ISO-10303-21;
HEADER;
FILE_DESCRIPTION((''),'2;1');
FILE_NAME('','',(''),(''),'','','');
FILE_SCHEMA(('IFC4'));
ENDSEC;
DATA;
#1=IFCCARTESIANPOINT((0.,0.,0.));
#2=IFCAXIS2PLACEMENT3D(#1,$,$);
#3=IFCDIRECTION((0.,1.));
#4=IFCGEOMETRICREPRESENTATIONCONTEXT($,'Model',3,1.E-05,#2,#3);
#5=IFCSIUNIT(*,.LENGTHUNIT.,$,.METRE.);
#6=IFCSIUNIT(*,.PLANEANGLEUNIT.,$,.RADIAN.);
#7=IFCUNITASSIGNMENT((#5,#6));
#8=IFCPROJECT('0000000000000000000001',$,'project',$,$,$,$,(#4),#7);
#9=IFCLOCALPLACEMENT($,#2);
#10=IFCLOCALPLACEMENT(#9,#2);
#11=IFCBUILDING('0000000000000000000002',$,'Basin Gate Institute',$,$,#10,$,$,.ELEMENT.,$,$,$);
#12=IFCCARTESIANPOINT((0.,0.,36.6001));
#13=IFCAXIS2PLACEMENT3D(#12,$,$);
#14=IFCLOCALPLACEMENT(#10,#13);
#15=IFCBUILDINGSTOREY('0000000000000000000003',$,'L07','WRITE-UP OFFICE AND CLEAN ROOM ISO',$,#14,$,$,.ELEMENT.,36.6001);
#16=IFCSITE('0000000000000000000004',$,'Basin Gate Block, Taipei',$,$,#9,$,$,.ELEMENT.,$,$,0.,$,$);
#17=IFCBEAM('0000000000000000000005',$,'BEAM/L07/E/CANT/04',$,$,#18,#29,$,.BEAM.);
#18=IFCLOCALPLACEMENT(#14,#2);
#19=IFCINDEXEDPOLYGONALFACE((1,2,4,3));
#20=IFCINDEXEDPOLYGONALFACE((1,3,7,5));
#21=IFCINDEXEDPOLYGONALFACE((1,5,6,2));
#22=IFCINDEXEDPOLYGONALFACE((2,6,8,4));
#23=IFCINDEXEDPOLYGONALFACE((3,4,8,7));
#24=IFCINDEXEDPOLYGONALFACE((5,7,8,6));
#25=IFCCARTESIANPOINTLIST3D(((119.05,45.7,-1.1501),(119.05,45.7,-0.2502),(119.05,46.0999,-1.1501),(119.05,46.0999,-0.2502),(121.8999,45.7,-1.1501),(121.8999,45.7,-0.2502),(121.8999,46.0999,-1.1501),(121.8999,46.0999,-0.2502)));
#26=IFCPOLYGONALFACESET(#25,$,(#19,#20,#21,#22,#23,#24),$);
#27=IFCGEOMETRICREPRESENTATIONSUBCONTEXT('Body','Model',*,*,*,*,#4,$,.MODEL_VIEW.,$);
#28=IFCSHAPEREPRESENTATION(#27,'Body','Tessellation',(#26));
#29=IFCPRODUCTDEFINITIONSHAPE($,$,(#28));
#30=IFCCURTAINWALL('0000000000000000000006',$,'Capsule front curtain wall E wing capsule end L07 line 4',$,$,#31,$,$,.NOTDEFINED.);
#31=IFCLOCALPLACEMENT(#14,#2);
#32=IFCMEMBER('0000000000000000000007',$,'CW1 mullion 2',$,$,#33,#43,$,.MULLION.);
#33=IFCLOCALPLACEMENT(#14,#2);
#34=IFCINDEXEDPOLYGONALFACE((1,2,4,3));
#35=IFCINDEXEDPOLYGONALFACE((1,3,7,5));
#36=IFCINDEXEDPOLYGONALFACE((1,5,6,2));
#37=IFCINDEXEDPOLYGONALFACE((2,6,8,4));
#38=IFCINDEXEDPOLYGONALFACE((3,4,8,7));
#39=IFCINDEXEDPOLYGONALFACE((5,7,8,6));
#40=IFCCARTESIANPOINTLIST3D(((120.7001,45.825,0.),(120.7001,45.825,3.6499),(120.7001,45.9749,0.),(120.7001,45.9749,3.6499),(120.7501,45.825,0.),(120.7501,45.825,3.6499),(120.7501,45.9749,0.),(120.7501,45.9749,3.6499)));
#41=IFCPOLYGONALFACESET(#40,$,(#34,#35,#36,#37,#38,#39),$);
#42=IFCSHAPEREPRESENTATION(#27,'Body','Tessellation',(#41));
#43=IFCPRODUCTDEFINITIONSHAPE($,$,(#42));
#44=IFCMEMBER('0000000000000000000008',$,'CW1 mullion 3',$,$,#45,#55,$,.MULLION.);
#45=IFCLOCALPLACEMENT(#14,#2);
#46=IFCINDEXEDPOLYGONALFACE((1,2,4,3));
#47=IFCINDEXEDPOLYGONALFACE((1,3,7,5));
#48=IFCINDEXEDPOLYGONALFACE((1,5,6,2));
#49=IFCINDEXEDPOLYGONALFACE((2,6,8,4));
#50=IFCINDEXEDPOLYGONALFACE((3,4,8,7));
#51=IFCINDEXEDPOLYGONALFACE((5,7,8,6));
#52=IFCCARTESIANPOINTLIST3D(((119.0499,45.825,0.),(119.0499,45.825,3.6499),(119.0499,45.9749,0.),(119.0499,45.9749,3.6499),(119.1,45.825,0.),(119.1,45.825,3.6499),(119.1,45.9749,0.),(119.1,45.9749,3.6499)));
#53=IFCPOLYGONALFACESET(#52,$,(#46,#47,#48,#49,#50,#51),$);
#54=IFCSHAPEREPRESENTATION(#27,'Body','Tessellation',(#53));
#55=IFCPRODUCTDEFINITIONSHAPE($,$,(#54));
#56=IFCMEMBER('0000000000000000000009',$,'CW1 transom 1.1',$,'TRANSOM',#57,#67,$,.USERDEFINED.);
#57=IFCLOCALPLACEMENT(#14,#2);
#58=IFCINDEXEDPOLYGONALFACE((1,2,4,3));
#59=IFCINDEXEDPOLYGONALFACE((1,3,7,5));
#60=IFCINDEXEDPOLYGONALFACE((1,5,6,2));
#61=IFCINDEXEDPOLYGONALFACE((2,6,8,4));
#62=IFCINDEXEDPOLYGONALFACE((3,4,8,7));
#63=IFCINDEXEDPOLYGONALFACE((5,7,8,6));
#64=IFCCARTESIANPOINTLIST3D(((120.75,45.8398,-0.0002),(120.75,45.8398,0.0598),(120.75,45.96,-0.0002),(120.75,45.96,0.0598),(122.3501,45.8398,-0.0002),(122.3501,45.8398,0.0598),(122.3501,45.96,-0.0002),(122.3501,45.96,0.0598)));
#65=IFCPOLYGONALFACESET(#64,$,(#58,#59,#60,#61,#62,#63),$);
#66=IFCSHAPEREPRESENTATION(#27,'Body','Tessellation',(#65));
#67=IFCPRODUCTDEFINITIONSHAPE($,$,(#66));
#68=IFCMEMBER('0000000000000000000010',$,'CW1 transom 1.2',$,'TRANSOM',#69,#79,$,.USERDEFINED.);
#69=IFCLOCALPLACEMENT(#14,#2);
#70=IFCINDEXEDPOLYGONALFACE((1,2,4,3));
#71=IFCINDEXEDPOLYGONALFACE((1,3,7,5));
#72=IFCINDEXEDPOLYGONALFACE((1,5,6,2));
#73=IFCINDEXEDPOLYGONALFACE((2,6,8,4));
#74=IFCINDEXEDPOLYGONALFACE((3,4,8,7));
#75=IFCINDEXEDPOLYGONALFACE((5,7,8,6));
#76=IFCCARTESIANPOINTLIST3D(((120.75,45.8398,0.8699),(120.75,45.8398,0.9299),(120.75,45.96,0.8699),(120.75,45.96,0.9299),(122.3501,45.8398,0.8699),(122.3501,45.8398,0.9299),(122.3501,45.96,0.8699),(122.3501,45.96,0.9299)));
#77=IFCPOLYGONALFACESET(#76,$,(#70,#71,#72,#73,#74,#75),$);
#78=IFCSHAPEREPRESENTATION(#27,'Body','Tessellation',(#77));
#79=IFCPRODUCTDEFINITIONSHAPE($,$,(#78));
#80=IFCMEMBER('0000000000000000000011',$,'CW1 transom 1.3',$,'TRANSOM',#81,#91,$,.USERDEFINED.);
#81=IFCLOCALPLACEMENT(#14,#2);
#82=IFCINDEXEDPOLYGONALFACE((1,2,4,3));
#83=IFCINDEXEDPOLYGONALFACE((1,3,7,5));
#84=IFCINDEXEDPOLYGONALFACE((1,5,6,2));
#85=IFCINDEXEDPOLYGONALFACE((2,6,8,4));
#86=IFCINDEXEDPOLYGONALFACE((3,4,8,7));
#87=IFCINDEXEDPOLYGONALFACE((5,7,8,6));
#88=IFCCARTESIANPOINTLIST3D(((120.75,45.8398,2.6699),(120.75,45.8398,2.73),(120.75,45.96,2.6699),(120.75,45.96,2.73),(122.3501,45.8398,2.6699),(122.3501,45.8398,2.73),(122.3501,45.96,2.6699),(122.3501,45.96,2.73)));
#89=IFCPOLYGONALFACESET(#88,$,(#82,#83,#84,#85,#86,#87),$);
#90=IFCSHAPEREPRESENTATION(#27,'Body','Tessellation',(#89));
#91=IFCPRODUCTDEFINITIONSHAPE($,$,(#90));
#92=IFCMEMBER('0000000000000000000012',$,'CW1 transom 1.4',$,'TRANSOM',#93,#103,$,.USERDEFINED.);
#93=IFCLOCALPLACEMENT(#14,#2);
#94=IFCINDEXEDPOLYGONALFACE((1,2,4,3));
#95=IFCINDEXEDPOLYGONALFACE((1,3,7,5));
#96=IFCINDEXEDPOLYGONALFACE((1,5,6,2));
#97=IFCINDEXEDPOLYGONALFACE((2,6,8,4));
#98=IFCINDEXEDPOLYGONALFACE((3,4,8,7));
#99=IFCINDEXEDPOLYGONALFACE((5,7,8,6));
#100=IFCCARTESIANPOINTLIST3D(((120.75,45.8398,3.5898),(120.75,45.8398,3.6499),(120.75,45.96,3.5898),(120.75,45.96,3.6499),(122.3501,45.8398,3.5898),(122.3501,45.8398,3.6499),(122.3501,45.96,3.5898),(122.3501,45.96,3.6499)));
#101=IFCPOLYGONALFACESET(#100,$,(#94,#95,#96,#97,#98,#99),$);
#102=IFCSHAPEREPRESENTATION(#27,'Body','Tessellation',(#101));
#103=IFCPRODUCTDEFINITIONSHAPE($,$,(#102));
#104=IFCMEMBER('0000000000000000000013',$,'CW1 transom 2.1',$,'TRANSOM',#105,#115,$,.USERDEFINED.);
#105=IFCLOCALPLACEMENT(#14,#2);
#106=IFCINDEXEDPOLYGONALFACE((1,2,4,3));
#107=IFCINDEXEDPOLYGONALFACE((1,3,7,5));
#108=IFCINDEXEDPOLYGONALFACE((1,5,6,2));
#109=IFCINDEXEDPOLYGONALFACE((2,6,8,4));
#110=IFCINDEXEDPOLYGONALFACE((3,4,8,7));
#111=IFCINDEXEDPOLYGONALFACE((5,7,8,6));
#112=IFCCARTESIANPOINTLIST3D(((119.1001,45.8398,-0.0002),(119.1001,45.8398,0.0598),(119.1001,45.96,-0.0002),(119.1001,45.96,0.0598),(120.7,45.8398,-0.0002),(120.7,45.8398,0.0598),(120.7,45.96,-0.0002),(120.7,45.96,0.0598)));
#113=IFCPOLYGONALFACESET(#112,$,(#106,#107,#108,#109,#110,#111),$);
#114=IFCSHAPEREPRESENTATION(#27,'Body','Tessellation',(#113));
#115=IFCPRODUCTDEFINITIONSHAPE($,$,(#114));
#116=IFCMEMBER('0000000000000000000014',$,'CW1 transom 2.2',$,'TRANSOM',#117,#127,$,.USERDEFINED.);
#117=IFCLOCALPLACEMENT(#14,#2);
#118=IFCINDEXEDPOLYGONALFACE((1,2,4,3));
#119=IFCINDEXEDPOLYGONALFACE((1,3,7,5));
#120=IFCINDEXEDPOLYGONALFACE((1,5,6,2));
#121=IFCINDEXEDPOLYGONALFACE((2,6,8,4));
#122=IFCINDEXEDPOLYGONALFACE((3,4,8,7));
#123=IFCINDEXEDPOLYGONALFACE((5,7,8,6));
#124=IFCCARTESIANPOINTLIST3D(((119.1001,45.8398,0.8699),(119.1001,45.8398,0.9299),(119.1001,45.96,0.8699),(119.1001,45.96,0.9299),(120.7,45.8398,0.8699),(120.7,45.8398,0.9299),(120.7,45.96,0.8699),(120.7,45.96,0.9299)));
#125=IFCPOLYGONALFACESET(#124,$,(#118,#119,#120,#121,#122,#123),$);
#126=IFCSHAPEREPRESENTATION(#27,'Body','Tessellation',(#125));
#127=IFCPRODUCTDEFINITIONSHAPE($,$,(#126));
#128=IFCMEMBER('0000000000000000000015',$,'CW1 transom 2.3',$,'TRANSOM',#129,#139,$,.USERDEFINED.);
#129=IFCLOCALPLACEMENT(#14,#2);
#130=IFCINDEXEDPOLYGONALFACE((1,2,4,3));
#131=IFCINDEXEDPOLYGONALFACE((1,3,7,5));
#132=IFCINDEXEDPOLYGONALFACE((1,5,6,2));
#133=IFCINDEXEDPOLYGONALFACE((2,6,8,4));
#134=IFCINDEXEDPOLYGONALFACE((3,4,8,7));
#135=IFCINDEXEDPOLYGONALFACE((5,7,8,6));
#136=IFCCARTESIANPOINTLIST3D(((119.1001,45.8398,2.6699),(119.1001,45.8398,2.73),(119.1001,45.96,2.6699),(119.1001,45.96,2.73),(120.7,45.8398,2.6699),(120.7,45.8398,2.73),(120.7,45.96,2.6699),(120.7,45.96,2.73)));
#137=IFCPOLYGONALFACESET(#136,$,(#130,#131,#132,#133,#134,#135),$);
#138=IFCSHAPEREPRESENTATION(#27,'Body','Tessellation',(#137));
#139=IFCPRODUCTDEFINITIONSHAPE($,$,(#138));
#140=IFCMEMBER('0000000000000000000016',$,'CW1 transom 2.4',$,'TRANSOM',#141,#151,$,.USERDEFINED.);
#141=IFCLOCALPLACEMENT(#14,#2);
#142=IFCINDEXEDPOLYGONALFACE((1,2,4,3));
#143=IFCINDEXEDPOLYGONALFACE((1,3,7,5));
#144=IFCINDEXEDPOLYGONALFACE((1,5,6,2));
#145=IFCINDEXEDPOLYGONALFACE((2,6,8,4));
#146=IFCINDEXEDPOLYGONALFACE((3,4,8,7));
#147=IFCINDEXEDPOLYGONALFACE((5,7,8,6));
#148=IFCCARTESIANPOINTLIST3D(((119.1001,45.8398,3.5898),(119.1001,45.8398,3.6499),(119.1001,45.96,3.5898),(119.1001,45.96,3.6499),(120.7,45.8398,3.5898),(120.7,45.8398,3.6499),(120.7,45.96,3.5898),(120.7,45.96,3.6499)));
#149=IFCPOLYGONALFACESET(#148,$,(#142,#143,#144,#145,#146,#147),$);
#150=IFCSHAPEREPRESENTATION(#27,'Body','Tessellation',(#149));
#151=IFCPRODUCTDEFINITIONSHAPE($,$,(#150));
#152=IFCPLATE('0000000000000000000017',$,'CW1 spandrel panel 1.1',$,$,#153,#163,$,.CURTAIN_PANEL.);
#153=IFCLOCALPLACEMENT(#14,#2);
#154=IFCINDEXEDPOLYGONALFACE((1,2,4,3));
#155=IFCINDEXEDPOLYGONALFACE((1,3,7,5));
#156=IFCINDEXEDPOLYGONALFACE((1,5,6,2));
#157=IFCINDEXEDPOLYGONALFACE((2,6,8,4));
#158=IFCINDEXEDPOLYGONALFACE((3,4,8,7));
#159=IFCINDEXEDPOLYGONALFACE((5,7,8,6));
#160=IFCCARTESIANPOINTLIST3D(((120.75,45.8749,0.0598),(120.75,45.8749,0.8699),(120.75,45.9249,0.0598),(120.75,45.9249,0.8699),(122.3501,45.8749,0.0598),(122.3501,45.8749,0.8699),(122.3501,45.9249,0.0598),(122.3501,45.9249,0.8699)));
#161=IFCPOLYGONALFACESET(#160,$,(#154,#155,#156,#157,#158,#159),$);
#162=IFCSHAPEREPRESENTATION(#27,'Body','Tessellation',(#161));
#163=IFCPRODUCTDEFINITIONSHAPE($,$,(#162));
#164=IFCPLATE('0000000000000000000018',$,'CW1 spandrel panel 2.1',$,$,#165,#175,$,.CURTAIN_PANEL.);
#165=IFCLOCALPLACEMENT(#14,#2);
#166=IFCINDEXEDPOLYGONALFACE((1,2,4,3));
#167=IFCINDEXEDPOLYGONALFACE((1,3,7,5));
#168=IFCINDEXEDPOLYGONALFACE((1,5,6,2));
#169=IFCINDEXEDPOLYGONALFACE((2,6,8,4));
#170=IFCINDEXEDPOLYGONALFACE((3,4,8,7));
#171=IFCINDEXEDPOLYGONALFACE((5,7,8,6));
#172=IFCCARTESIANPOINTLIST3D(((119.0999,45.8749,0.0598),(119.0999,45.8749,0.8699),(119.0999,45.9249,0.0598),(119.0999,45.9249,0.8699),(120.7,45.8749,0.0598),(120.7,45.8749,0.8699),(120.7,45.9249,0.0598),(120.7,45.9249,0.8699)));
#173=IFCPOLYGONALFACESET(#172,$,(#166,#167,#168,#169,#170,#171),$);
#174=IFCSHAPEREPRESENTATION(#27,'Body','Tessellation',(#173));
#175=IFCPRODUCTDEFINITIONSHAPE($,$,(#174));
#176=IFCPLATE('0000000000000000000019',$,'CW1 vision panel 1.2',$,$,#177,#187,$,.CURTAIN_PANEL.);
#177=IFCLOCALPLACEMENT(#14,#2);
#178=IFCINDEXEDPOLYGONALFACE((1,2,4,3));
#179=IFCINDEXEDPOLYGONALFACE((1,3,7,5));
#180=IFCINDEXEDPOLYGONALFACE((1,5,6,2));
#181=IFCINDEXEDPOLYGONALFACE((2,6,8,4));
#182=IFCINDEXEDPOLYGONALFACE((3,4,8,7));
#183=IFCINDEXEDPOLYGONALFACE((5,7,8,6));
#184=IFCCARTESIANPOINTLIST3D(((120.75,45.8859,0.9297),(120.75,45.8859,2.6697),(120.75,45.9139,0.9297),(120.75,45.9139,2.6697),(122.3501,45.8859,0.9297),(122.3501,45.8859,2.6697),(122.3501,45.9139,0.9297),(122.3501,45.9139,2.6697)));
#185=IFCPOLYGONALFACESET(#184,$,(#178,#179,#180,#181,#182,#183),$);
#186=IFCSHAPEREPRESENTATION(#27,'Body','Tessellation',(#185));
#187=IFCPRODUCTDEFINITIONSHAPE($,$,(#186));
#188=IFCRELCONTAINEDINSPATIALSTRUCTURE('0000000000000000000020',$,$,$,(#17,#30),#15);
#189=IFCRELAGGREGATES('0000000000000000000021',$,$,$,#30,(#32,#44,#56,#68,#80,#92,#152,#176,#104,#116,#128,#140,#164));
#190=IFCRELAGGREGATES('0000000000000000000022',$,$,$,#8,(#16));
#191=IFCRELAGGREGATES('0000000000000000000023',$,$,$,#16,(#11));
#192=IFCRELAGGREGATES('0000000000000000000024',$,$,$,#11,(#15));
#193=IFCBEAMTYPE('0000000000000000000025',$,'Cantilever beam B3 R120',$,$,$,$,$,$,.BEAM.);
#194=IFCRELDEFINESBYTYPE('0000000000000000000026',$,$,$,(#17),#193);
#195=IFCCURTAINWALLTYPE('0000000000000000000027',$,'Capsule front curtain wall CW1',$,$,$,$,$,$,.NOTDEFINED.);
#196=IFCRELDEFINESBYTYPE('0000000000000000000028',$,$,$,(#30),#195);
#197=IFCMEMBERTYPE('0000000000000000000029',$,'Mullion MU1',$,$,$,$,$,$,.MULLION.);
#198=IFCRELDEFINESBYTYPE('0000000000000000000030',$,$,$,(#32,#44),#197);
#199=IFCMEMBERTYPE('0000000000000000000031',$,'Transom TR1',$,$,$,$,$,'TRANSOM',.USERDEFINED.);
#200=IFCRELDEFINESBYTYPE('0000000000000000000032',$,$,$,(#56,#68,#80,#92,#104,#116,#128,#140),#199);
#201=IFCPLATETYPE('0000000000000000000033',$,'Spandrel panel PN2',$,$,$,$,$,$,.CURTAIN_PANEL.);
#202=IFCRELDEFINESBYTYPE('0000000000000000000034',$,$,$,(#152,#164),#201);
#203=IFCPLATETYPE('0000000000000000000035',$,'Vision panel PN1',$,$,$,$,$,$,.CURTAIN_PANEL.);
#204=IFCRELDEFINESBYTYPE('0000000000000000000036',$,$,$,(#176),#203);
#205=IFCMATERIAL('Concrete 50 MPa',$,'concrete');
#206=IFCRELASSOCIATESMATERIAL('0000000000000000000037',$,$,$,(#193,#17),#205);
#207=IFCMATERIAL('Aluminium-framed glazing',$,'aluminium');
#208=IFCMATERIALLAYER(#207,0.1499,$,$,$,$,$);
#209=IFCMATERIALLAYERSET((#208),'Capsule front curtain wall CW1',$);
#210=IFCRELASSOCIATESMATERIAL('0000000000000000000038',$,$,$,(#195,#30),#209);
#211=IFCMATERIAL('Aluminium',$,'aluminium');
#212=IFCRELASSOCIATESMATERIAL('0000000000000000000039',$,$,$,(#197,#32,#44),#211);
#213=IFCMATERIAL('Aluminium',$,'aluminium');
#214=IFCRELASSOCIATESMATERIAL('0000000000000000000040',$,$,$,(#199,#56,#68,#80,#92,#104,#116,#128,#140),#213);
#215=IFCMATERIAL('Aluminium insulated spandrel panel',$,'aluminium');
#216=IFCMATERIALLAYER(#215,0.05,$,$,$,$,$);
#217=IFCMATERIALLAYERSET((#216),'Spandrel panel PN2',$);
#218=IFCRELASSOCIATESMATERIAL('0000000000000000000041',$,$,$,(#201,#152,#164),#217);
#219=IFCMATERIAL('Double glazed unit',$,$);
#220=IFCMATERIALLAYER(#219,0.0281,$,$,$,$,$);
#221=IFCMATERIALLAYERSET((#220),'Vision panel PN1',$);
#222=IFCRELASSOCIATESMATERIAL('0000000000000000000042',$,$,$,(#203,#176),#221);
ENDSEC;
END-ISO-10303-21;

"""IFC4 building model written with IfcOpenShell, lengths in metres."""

from ifc_helpers import new_model, si_unit, direction, frame, origin, origin_2d, place, context, subcontext, project, spatial, rectangle, extrude, material, layer, layer_set, material_profile, profile_set, type_object, element, aggregate, save


model = new_model("IFC4")

# Units and contexts
model_context = context("Model", 3, precision=1e-05, world=origin(), true_north=direction((0.0, 1.0)))
body_context = subcontext(model_context, "Body", "Model", "MODEL_VIEW")
ifc_project = project(units=[si_unit("LENGTHUNIT", "METRE"), si_unit("PLANEANGLEUNIT", "RADIAN")], contexts=[model_context])

# Site, building, storey
site_placement = place(None, origin())
site = spatial("IfcSite", under=ifc_project, at=site_placement, Name="Basin Gate Block, Taipei", CompositionType="ELEMENT", RefElevation=0.0)
building_placement = place(site_placement, origin())
building = spatial("IfcBuilding", under=site, at=building_placement, Name="Basin Gate Institute", CompositionType="ELEMENT")
storey_placement = place(building_placement, frame((0.0, 0.0, 36.6001)))
storey = spatial("IfcBuildingStorey", under=building, at=storey_placement, Name="L07", Description="WRITE-UP OFFICE AND CLEAN ROOM ISO", CompositionType="ELEMENT", Elevation=36.6001)

# Beam
ifc_material_1 = material(Name="Concrete 50 MPa", Category="concrete")
ifc_material_profile_1 = material_profile(ifc_material_1, rectangle(XDim=0.3999, YDim=0.8999, at=origin_2d()), Name="Cantilever beam B3 400 x 900")
ifc_profile_set_1 = profile_set([ifc_material_profile_1], Name="Concrete 50 MPa")
beam_type = type_object("IfcBeamType", Name="Cantilever beam B3 R120", PredefinedType="BEAM", material=ifc_profile_set_1)
beam_placement = place(storey_placement, frame((121.8999, 45.8999, -0.7002), z_axis=(-1.0, 0.0, 0.0), x_axis=(0.0, -1.0, 0.0)))
element("IfcBeam", 1, at=beam_placement, inside=storey, type_object=beam_type, material=ifc_profile_set_1, Name="BEAM/L07/E/CANT/04", PredefinedType="BEAM", context=body_context, shape_type="SweptSolid", body=[
    extrude(rectangle(XDim=0.3999, YDim=0.8999, at=origin_2d()), origin(), (0.0, 0.0, 1.0), 2.8499),
])

# Curtain wall, members, plates
ifc_material_2 = material(Name="Aluminium-framed glazing", Category="aluminium")
ifc_layer_1 = layer(ifc_material_2, 0.1499)
ifc_layer_set_1 = layer_set([ifc_layer_1], Name="Capsule front curtain wall CW1")
curtain_wall_type = type_object("IfcCurtainWallType", Name="Capsule front curtain wall CW1", PredefinedType="NOTDEFINED", material=ifc_layer_set_1)
curtain_wall_placement = place(storey_placement, origin())
curtain_wall = element("IfcCurtainWall", 2, at=curtain_wall_placement, inside=storey, type_object=curtain_wall_type, material=ifc_layer_set_1, Name="Capsule front curtain wall E wing capsule end L07 line 4", PredefinedType="NOTDEFINED")
ifc_material_3 = material(Name="Aluminium", Category="aluminium")
ifc_material_profile_2 = material_profile(ifc_material_3, rectangle(XDim=0.1499, YDim=0.05, at=origin_2d()), Name="Mullion MU1 150 x 50")
ifc_profile_set_2 = profile_set([ifc_material_profile_2], Name="Aluminium")
member_type_1 = type_object("IfcMemberType", Name="Mullion MU1", PredefinedType="MULLION", material=ifc_profile_set_2)
member_1_placement = place(storey_placement, frame((120.7251, 45.8999, 0.0), z_axis=(0.0, 0.0, 1.0), x_axis=(0.0, -1.0, 0.0)))
member_1 = element("IfcMember", 3, at=member_1_placement, type_object=member_type_1, material=ifc_profile_set_2, Name="CW1 mullion 2", PredefinedType="MULLION", context=body_context, shape_type="SweptSolid", body=[
    extrude(rectangle(XDim=0.1499, YDim=0.05, at=origin_2d()), origin(), (0.0, 0.0, 1.0), 3.6499),
])
member_2_placement = place(storey_placement, frame((119.075, 45.8999, 0.0), z_axis=(0.0, 0.0, 1.0), x_axis=(0.0, -1.0, 0.0)))
member_2 = element("IfcMember", 4, at=member_2_placement, type_object=member_type_1, material=ifc_profile_set_2, Name="CW1 mullion 3", PredefinedType="MULLION", context=body_context, shape_type="SweptSolid", body=[
    extrude(rectangle(XDim=0.1499, YDim=0.05, at=origin_2d()), origin(), (0.0, 0.0, 1.0), 3.6499),
])
ifc_material_4 = material(Name="Aluminium", Category="aluminium")
ifc_material_profile_3 = material_profile(ifc_material_4, rectangle(XDim=0.1201, YDim=0.0601, at=origin_2d()), Name="Transom TR1 120 x 60")
ifc_profile_set_3 = profile_set([ifc_material_profile_3], Name="Aluminium")
member_type_2 = type_object("IfcMemberType", Name="Transom TR1", ElementType="TRANSOM", PredefinedType="USERDEFINED", material=ifc_profile_set_3)
member_3_placement = place(storey_placement, frame((122.3501, 45.8999, 0.0298), z_axis=(-1.0, 0.0, 0.0), x_axis=(0.0, -1.0, 0.0)))
member_3 = element("IfcMember", 5, at=member_3_placement, type_object=member_type_2, material=ifc_profile_set_3, Name="CW1 transom 1.1", ObjectType="TRANSOM", PredefinedType="USERDEFINED", context=body_context, shape_type="SweptSolid", body=[
    extrude(rectangle(XDim=0.1201, YDim=0.0601, at=origin_2d()), origin(), (0.0, 0.0, 1.0), 1.6001),
])
member_4_placement = place(storey_placement, frame((122.3501, 45.8999, 0.8999), z_axis=(-1.0, 0.0, 0.0), x_axis=(0.0, -1.0, 0.0)))
member_4 = element("IfcMember", 6, at=member_4_placement, type_object=member_type_2, material=ifc_profile_set_3, Name="CW1 transom 1.2", ObjectType="TRANSOM", PredefinedType="USERDEFINED", context=body_context, shape_type="SweptSolid", body=[
    extrude(rectangle(XDim=0.1201, YDim=0.0601, at=origin_2d()), origin(), (0.0, 0.0, 1.0), 1.6001),
])
member_5_placement = place(storey_placement, frame((122.3501, 45.8999, 2.7), z_axis=(-1.0, 0.0, 0.0), x_axis=(0.0, -1.0, 0.0)))
member_5 = element("IfcMember", 7, at=member_5_placement, type_object=member_type_2, material=ifc_profile_set_3, Name="CW1 transom 1.3", ObjectType="TRANSOM", PredefinedType="USERDEFINED", context=body_context, shape_type="SweptSolid", body=[
    extrude(rectangle(XDim=0.1201, YDim=0.0601, at=origin_2d()), origin(), (0.0, 0.0, 1.0), 1.6001),
])
member_6_placement = place(storey_placement, frame((122.3501, 45.8999, 3.6199), z_axis=(-1.0, 0.0, 0.0), x_axis=(0.0, -1.0, 0.0)))
member_6 = element("IfcMember", 8, at=member_6_placement, type_object=member_type_2, material=ifc_profile_set_3, Name="CW1 transom 1.4", ObjectType="TRANSOM", PredefinedType="USERDEFINED", context=body_context, shape_type="SweptSolid", body=[
    extrude(rectangle(XDim=0.1201, YDim=0.0601, at=origin_2d()), origin(), (0.0, 0.0, 1.0), 1.6001),
])
member_7_placement = place(storey_placement, frame((120.7, 45.8999, 0.0298), z_axis=(-1.0, 0.0, 0.0), x_axis=(0.0, -1.0, 0.0)))
member_7 = element("IfcMember", 9, at=member_7_placement, type_object=member_type_2, material=ifc_profile_set_3, Name="CW1 transom 2.1", ObjectType="TRANSOM", PredefinedType="USERDEFINED", context=body_context, shape_type="SweptSolid", body=[
    extrude(rectangle(XDim=0.1201, YDim=0.0601, at=origin_2d()), origin(), (0.0, 0.0, 1.0), 1.5999),
])
member_8_placement = place(storey_placement, frame((120.7, 45.8999, 0.8999), z_axis=(-1.0, 0.0, 0.0), x_axis=(0.0, -1.0, 0.0)))
member_8 = element("IfcMember", 10, at=member_8_placement, type_object=member_type_2, material=ifc_profile_set_3, Name="CW1 transom 2.2", ObjectType="TRANSOM", PredefinedType="USERDEFINED", context=body_context, shape_type="SweptSolid", body=[
    extrude(rectangle(XDim=0.1201, YDim=0.0601, at=origin_2d()), origin(), (0.0, 0.0, 1.0), 1.5999),
])
member_9_placement = place(storey_placement, frame((120.7, 45.8999, 2.7), z_axis=(-1.0, 0.0, 0.0), x_axis=(0.0, -1.0, 0.0)))
member_9 = element("IfcMember", 11, at=member_9_placement, type_object=member_type_2, material=ifc_profile_set_3, Name="CW1 transom 2.3", ObjectType="TRANSOM", PredefinedType="USERDEFINED", context=body_context, shape_type="SweptSolid", body=[
    extrude(rectangle(XDim=0.1201, YDim=0.0601, at=origin_2d()), origin(), (0.0, 0.0, 1.0), 1.5999),
])
member_10_placement = place(storey_placement, frame((120.7, 45.8999, 3.6199), z_axis=(-1.0, 0.0, 0.0), x_axis=(0.0, -1.0, 0.0)))
member_10 = element("IfcMember", 12, at=member_10_placement, type_object=member_type_2, material=ifc_profile_set_3, Name="CW1 transom 2.4", ObjectType="TRANSOM", PredefinedType="USERDEFINED", context=body_context, shape_type="SweptSolid", body=[
    extrude(rectangle(XDim=0.1201, YDim=0.0601, at=origin_2d()), origin(), (0.0, 0.0, 1.0), 1.5999),
])
ifc_material_5 = material(Name="Aluminium insulated spandrel panel", Category="aluminium")
ifc_layer_2 = layer(ifc_material_5, 0.05)
ifc_layer_set_2 = layer_set([ifc_layer_2], Name="Spandrel panel PN2")
plate_type_1 = type_object("IfcPlateType", Name="Spandrel panel PN2", PredefinedType="CURTAIN_PANEL", material=ifc_layer_set_2)
plate_1_placement = place(storey_placement, frame((121.55, 45.8999, 0.0598), z_axis=(0.0, 0.0, 1.0), x_axis=(-1.0, 0.0, 0.0)))
plate_1 = element("IfcPlate", 13, at=plate_1_placement, type_object=plate_type_1, material=ifc_layer_set_2, Name="CW1 spandrel panel 1.1", PredefinedType="CURTAIN_PANEL", context=body_context, shape_type="SweptSolid", body=[
    extrude(rectangle(XDim=1.6001, YDim=0.05, at=origin_2d()), origin(), (0.0, 0.0, 1.0), 0.8101),
])
plate_2_placement = place(storey_placement, frame((119.8999, 45.8999, 0.0598), z_axis=(0.0, 0.0, 1.0), x_axis=(-1.0, 0.0, 0.0)))
plate_2 = element("IfcPlate", 14, at=plate_2_placement, type_object=plate_type_1, material=ifc_layer_set_2, Name="CW1 spandrel panel 2.1", PredefinedType="CURTAIN_PANEL", context=body_context, shape_type="SweptSolid", body=[
    extrude(rectangle(XDim=1.6001, YDim=0.05, at=origin_2d()), origin(), (0.0, 0.0, 1.0), 0.8101),
])
ifc_material_6 = material(Name="Double glazed unit")
ifc_layer_3 = layer(ifc_material_6, 0.0281)
ifc_layer_set_3 = layer_set([ifc_layer_3], Name="Vision panel PN1")
plate_type_2 = type_object("IfcPlateType", Name="Vision panel PN1", PredefinedType="CURTAIN_PANEL", material=ifc_layer_set_3)
plate_3_placement = place(storey_placement, frame((121.55, 45.8999, 0.9297), z_axis=(0.0, 0.0, 1.0), x_axis=(-1.0, 0.0, 0.0)))
plate_3 = element("IfcPlate", 15, at=plate_3_placement, type_object=plate_type_2, material=ifc_layer_set_3, Name="CW1 vision panel 1.2", PredefinedType="CURTAIN_PANEL", context=body_context, shape_type="SweptSolid", body=[
    extrude(rectangle(XDim=1.6001, YDim=0.0281, at=origin_2d()), origin(), (0.0, 0.0, 1.0), 1.74),
])
aggregate(curtain_wall, [member_1, member_2, member_3, member_4, member_5, member_6, plate_1, plate_3, member_7, member_8, member_9, member_10, plate_2])

save(model, "model.ifc")
